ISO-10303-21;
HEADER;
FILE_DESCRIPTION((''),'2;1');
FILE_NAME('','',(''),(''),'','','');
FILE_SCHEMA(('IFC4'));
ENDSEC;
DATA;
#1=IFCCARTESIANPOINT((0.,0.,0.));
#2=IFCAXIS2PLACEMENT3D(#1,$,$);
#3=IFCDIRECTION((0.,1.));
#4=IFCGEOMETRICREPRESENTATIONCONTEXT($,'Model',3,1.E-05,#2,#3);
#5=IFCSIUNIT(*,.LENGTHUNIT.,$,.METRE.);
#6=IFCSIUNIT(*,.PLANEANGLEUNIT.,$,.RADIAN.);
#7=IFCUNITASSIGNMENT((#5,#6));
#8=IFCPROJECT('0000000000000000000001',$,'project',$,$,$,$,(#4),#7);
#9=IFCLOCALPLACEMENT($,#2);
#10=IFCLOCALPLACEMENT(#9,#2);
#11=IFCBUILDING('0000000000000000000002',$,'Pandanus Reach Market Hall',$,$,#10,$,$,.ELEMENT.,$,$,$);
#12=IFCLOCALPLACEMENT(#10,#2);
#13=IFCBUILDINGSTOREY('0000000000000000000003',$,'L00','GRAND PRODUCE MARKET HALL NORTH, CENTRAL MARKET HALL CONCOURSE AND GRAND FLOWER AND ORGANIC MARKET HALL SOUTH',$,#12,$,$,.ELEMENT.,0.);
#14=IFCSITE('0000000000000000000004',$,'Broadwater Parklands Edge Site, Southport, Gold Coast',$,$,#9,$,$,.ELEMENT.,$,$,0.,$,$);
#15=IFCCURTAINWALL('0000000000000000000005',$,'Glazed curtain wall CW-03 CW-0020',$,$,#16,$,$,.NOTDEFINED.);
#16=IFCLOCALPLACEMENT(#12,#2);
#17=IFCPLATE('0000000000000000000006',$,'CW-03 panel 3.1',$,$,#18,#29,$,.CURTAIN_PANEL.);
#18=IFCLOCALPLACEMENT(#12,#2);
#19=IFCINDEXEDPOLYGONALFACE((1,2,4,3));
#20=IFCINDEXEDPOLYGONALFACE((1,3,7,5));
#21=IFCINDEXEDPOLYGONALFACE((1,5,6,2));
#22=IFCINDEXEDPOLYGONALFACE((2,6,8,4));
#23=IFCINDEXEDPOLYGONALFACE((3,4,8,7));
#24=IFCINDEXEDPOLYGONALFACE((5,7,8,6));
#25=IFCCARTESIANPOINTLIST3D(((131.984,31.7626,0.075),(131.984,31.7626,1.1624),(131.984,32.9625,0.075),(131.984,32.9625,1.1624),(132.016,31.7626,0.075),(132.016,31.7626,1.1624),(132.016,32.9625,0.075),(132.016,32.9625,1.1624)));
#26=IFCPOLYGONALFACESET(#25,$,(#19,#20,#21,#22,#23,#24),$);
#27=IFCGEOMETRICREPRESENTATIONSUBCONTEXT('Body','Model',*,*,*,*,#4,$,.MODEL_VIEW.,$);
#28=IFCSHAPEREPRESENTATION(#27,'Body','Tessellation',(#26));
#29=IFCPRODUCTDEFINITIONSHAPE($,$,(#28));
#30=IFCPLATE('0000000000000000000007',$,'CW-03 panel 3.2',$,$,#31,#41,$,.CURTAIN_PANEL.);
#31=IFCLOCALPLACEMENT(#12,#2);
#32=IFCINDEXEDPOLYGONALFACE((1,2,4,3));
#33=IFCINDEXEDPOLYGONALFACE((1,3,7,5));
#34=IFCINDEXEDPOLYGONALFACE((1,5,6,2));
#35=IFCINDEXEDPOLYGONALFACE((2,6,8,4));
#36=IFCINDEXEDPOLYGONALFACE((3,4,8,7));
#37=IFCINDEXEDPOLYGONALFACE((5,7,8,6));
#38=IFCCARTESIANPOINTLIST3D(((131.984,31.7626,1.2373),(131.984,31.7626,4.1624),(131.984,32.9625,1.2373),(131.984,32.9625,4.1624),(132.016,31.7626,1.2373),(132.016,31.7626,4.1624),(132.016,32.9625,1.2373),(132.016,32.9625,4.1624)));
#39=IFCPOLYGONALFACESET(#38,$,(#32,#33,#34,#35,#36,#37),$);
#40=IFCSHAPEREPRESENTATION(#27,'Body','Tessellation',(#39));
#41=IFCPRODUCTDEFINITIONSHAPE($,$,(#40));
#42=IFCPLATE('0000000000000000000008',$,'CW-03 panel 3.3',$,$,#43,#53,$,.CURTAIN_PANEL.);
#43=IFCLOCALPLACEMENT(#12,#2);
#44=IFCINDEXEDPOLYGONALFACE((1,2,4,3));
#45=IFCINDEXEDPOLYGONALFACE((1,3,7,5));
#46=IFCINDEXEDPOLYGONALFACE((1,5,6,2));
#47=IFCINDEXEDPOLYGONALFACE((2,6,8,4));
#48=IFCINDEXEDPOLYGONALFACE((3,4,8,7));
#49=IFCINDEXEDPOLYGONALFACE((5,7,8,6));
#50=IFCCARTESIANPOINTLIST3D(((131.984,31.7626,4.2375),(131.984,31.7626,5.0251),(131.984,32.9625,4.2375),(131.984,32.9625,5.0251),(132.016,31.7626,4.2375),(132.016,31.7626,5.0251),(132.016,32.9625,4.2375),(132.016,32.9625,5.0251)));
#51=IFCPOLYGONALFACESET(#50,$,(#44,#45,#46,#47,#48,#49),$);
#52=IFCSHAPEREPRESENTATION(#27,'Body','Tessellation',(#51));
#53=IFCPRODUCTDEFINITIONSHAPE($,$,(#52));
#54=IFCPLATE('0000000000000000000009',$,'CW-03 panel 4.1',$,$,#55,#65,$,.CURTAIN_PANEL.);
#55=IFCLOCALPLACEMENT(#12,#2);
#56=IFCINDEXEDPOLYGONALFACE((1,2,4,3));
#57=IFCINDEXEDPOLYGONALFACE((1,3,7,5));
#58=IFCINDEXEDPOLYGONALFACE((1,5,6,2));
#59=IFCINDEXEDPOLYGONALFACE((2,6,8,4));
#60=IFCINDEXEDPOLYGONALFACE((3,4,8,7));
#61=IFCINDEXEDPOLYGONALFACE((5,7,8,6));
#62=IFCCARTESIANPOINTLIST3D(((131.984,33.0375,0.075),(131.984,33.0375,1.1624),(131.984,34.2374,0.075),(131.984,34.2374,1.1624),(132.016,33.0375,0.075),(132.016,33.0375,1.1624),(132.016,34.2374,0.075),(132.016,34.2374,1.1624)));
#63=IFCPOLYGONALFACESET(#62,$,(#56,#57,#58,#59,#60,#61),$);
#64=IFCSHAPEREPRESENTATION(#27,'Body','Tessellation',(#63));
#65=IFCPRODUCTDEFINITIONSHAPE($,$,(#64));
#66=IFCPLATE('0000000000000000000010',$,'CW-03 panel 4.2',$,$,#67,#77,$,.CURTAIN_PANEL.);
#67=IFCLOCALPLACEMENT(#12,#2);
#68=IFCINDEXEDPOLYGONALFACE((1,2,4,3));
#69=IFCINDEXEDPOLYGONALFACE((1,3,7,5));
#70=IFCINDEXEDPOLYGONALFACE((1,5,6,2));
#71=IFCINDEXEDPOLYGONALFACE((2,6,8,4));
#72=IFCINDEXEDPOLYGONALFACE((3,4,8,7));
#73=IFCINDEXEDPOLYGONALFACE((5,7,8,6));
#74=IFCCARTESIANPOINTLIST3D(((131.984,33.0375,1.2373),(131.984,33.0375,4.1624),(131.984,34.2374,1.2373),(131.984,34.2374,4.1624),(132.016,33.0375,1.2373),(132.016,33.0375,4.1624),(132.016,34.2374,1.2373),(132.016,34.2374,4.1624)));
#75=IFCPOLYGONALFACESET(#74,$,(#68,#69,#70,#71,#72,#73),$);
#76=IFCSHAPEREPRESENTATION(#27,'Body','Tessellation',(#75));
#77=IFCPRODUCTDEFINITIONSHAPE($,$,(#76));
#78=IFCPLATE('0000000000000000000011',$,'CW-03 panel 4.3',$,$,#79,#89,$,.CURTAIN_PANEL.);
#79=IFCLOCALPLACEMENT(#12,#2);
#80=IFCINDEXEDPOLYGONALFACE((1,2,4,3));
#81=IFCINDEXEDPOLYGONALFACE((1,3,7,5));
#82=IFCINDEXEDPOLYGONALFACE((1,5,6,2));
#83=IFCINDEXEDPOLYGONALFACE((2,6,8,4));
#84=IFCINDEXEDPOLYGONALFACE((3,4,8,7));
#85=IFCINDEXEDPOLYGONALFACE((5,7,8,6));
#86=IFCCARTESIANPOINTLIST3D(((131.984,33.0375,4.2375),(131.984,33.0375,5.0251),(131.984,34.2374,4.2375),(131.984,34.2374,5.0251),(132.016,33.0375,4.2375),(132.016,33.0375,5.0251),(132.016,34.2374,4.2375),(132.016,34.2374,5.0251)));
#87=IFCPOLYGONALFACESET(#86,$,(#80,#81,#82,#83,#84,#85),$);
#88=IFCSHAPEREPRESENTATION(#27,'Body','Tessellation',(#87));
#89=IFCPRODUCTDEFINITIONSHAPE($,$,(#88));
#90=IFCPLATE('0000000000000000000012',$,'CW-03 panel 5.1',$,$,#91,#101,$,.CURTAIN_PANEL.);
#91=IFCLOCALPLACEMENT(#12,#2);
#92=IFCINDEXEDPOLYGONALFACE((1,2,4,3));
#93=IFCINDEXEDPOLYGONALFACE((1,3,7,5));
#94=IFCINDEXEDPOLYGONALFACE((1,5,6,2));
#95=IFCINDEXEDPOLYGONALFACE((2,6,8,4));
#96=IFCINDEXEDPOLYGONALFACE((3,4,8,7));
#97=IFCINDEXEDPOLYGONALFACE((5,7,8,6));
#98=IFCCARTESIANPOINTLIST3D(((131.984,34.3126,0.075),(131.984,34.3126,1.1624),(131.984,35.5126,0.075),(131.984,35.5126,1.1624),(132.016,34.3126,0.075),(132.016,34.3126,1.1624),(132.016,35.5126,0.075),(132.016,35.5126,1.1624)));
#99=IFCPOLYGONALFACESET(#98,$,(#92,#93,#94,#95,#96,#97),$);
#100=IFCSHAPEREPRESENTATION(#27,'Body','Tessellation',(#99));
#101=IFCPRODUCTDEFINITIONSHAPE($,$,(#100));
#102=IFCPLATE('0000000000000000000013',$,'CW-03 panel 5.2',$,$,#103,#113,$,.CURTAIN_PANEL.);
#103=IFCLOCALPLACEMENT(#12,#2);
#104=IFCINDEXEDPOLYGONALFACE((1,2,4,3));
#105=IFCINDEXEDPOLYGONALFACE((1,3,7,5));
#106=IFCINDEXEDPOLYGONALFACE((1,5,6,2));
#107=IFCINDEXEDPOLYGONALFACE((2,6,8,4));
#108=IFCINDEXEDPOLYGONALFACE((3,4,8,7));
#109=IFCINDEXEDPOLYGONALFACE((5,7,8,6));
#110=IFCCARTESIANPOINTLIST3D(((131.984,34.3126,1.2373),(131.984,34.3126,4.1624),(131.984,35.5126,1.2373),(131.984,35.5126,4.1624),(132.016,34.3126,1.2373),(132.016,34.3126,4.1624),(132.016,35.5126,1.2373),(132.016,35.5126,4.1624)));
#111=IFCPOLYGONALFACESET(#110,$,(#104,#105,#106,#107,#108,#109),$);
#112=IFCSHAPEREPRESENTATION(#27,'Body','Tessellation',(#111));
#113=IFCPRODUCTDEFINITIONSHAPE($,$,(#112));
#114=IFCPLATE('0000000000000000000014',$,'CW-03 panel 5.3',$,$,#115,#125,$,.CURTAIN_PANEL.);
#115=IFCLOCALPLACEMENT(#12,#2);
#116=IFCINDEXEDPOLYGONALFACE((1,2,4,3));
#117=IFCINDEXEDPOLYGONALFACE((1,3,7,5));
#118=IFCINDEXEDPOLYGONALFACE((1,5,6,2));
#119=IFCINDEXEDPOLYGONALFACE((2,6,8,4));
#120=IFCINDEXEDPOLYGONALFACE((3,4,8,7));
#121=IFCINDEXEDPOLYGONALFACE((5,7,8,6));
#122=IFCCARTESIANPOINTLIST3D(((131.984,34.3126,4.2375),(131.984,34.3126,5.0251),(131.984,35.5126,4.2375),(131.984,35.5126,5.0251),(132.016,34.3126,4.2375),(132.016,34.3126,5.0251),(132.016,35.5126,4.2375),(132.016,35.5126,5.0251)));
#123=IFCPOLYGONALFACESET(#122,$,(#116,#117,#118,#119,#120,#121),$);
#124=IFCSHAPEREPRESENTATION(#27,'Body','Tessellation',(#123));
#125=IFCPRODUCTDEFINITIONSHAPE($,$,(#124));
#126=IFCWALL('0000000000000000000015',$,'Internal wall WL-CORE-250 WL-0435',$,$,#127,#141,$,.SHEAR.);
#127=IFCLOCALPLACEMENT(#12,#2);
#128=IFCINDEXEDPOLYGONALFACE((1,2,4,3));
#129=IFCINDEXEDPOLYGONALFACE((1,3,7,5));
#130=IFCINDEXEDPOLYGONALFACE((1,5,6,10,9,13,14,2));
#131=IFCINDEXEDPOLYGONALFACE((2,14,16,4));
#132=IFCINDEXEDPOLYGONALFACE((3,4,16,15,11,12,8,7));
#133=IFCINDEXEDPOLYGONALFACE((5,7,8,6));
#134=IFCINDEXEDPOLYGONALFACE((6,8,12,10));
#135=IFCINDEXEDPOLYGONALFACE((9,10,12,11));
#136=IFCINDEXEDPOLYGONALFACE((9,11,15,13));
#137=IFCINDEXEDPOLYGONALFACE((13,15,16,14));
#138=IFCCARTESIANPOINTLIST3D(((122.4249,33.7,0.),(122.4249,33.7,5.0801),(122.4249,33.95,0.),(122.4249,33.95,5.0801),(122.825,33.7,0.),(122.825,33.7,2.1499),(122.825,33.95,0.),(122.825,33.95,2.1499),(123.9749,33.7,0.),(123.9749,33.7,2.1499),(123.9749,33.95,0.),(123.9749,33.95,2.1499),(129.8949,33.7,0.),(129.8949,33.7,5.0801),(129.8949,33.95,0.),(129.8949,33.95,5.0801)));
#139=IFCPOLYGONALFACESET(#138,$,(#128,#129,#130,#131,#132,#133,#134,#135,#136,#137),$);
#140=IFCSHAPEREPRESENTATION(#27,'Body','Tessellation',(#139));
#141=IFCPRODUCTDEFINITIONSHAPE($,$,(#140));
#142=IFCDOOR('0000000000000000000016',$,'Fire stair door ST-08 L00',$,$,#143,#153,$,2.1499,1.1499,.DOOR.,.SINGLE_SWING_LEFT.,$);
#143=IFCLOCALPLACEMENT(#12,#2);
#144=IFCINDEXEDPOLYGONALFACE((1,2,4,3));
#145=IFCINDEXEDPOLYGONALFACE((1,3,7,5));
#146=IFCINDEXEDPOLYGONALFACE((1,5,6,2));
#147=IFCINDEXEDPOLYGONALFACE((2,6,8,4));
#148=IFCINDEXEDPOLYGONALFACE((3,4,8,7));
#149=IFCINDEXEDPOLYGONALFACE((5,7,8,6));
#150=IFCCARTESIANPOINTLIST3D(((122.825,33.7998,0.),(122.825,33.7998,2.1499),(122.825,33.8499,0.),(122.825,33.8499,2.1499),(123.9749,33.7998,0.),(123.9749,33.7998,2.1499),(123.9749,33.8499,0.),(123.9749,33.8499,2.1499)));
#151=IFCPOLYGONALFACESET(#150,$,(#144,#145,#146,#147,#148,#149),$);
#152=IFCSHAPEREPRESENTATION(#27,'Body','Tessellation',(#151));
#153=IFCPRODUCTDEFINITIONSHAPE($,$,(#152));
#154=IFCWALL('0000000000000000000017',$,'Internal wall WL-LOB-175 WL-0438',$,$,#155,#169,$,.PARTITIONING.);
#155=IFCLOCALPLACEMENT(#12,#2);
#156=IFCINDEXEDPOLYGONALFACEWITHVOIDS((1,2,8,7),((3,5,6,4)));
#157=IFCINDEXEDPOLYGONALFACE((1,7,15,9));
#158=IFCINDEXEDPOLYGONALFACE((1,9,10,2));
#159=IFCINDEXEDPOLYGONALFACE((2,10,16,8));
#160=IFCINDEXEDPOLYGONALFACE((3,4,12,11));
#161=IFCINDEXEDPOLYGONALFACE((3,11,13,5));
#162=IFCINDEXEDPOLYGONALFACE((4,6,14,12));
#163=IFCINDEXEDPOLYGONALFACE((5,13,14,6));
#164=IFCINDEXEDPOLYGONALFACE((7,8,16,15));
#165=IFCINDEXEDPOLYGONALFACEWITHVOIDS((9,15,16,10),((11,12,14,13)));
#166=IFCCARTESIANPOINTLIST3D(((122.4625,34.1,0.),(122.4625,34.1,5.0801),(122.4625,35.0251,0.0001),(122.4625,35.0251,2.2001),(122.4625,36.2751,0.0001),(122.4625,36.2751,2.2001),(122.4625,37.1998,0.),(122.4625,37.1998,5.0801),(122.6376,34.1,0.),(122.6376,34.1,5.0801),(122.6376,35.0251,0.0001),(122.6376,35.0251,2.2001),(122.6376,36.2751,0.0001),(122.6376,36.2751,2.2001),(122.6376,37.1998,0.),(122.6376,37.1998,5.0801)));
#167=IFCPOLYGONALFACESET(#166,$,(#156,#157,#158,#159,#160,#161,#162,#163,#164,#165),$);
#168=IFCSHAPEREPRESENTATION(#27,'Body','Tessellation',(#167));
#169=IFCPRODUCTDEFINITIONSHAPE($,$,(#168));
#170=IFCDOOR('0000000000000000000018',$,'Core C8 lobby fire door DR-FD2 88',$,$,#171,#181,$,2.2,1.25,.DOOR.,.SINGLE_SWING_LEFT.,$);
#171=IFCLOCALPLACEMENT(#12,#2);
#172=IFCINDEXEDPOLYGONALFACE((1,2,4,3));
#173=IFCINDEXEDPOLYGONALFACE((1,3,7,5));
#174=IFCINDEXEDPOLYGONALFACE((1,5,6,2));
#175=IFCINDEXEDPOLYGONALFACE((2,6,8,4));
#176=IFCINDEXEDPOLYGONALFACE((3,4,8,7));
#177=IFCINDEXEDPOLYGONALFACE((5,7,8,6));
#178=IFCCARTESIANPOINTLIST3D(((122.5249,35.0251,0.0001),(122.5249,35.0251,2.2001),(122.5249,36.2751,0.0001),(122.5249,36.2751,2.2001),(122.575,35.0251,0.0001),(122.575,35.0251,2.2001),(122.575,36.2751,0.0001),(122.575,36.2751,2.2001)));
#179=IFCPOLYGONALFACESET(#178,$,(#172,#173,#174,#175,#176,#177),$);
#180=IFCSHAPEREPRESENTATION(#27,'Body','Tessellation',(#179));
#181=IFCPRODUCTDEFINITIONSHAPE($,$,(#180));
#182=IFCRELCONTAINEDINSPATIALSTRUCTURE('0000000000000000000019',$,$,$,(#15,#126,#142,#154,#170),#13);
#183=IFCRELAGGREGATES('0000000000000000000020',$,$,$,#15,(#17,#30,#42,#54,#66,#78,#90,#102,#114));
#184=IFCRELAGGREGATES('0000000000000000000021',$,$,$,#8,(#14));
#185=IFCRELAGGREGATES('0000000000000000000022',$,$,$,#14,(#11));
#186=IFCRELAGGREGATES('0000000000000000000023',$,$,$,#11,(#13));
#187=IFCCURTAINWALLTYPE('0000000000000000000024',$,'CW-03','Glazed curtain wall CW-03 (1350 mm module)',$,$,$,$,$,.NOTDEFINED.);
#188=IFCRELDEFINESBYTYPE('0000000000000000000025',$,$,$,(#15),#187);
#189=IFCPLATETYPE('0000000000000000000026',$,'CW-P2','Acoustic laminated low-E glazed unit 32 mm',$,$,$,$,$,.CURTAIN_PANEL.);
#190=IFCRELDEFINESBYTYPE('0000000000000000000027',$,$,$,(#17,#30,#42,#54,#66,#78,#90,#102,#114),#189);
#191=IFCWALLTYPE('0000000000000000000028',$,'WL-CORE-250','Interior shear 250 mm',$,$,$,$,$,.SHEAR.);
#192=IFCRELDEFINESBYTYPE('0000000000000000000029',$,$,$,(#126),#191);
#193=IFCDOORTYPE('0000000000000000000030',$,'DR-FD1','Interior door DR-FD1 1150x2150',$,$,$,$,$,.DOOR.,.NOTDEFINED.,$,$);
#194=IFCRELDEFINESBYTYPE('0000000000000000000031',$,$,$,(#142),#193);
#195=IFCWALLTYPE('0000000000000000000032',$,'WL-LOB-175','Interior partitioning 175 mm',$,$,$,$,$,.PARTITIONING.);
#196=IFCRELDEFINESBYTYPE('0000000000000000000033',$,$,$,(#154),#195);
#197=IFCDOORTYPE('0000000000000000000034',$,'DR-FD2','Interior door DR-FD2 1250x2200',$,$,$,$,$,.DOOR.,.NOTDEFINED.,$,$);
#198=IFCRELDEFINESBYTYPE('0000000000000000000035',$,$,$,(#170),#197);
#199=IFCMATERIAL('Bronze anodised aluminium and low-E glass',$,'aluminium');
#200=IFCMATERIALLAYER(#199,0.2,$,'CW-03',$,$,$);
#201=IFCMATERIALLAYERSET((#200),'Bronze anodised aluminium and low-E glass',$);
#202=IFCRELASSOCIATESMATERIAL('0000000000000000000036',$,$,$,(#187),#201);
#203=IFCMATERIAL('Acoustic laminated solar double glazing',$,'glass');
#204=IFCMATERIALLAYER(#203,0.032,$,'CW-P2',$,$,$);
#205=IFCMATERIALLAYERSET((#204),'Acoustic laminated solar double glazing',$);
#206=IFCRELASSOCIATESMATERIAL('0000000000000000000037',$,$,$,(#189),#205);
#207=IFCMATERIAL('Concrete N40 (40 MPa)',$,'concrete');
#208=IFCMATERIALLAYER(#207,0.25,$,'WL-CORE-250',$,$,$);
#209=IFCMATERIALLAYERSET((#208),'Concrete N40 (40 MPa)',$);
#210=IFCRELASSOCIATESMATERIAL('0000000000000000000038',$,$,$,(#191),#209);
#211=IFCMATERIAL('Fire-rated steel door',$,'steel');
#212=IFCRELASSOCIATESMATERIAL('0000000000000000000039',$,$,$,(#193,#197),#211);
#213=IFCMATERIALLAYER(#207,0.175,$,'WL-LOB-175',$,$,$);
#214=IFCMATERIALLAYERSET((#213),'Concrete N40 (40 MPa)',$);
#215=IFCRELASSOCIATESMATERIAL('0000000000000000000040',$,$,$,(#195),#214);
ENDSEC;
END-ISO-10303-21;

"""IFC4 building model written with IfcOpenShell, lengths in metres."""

from ifc_helpers import new_model, si_unit, direction, frame, frame_2d, origin, origin_2d, place, context, subcontext, project, spatial, rectangle, extrude, material, layer, layer_set, type_object, element, fill, aggregate, save


model = new_model("IFC4")

# Units and contexts
model_context = context("Model", 3, precision=1e-05, world=origin(), true_north=direction((0.0, 1.0)))
body_context = subcontext(model_context, "Body", "Model", "MODEL_VIEW")
ifc_project = project(units=[si_unit("LENGTHUNIT", "METRE"), si_unit("PLANEANGLEUNIT", "RADIAN")], contexts=[model_context])

# Site, building, storey
site_placement = place(None, origin())
site = spatial("IfcSite", under=ifc_project, at=site_placement, Name="Broadwater Parklands Edge Site, Southport, Gold Coast", CompositionType="ELEMENT", RefElevation=0.0)
building_placement = place(site_placement, origin())
building = spatial("IfcBuilding", under=site, at=building_placement, Name="Pandanus Reach Market Hall", CompositionType="ELEMENT")
storey_placement = place(building_placement, origin())
storey = spatial("IfcBuildingStorey", under=building, at=storey_placement, Name="L00", Description="GRAND PRODUCE MARKET HALL NORTH, CENTRAL MARKET HALL CONCOURSE AND GRAND FLOWER AND ORGANIC MARKET HALL SOUTH", CompositionType="ELEMENT", Elevation=0.0)

# Shared definitions
ifc_material_1 = material(Name="Concrete N40 (40 MPa)", Category="concrete")

# Curtain wall, plates
ifc_material_2 = material(Name="Bronze anodised aluminium and low-E glass", Category="aluminium")
ifc_layer_1 = layer(ifc_material_2, 0.2, Name="CW-03")
ifc_layer_set_1 = layer_set([ifc_layer_1], Name="Bronze anodised aluminium and low-E glass")
curtain_wall_type = type_object("IfcCurtainWallType", Name="CW-03", Description="Glazed curtain wall CW-03 (1350 mm module)", PredefinedType="NOTDEFINED", material=ifc_layer_set_1)
curtain_wall_placement = place(storey_placement, origin())
curtain_wall = element("IfcCurtainWall", 1, at=curtain_wall_placement, inside=storey, type_object=curtain_wall_type, Name="Glazed curtain wall CW-03 CW-0020", PredefinedType="NOTDEFINED")
ifc_material_3 = material(Name="Acoustic laminated solar double glazing", Category="glass")
ifc_layer_2 = layer(ifc_material_3, 0.032, Name="CW-P2")
ifc_layer_set_2 = layer_set([ifc_layer_2], Name="Acoustic laminated solar double glazing")
plate_type = type_object("IfcPlateType", Name="CW-P2", Description="Acoustic laminated low-E glazed unit 32 mm", PredefinedType="CURTAIN_PANEL", material=ifc_layer_set_2)
plate_1_placement = place(storey_placement, frame((132.0, 32.3625, 0.075), z_axis=(0.0, 0.0, 1.0), x_axis=(0.0, 1.0, 0.0)))
plate_1 = element("IfcPlate", 2, at=plate_1_placement, type_object=plate_type, Name="CW-03 panel 3.1", PredefinedType="CURTAIN_PANEL", context=body_context, shape_type="SweptSolid", body=[
    extrude(rectangle(XDim=1.2, YDim=0.032, at=origin_2d()), origin(), (0.0, 0.0, 1.0), 1.0874),
])
plate_2_placement = place(storey_placement, frame((132.0, 32.3625, 1.2373), z_axis=(0.0, 0.0, 1.0), x_axis=(0.0, 1.0, 0.0)))
plate_2 = element("IfcPlate", 3, at=plate_2_placement, type_object=plate_type, Name="CW-03 panel 3.2", PredefinedType="CURTAIN_PANEL", context=body_context, shape_type="SweptSolid", body=[
    extrude(rectangle(XDim=1.2, YDim=0.032, at=origin_2d()), origin(), (0.0, 0.0, 1.0), 2.925),
])
plate_3_placement = place(storey_placement, frame((132.0, 32.3625, 4.2375), z_axis=(0.0, 0.0, 1.0), x_axis=(0.0, 1.0, 0.0)))
plate_3 = element("IfcPlate", 4, at=plate_3_placement, type_object=plate_type, Name="CW-03 panel 3.3", PredefinedType="CURTAIN_PANEL", context=body_context, shape_type="SweptSolid", body=[
    extrude(rectangle(XDim=1.2, YDim=0.032, at=origin_2d()), origin(), (0.0, 0.0, 1.0), 0.7876),
])
plate_4_placement = place(storey_placement, frame((132.0, 33.6375, 0.075), z_axis=(0.0, 0.0, 1.0), x_axis=(0.0, 1.0, 0.0)))
plate_4 = element("IfcPlate", 5, at=plate_4_placement, type_object=plate_type, Name="CW-03 panel 4.1", PredefinedType="CURTAIN_PANEL", context=body_context, shape_type="SweptSolid", body=[
    extrude(rectangle(XDim=1.2, YDim=0.032, at=origin_2d()), origin(), (0.0, 0.0, 1.0), 1.0874),
])
plate_5_placement = place(storey_placement, frame((132.0, 33.6375, 1.2373), z_axis=(0.0, 0.0, 1.0), x_axis=(0.0, 1.0, 0.0)))
plate_5 = element("IfcPlate", 6, at=plate_5_placement, type_object=plate_type, Name="CW-03 panel 4.2", PredefinedType="CURTAIN_PANEL", context=body_context, shape_type="SweptSolid", body=[
    extrude(rectangle(XDim=1.2, YDim=0.032, at=origin_2d()), origin(), (0.0, 0.0, 1.0), 2.925),
])
plate_6_placement = place(storey_placement, frame((132.0, 33.6375, 4.2375), z_axis=(0.0, 0.0, 1.0), x_axis=(0.0, 1.0, 0.0)))
plate_6 = element("IfcPlate", 7, at=plate_6_placement, type_object=plate_type, Name="CW-03 panel 4.3", PredefinedType="CURTAIN_PANEL", context=body_context, shape_type="SweptSolid", body=[
    extrude(rectangle(XDim=1.2, YDim=0.032, at=origin_2d()), origin(), (0.0, 0.0, 1.0), 0.7876),
])
plate_7_placement = place(storey_placement, frame((132.0, 34.9126, 0.075), z_axis=(0.0, 0.0, 1.0), x_axis=(0.0, 1.0, 0.0)))
plate_7 = element("IfcPlate", 8, at=plate_7_placement, type_object=plate_type, Name="CW-03 panel 5.1", PredefinedType="CURTAIN_PANEL", context=body_context, shape_type="SweptSolid", body=[
    extrude(rectangle(XDim=1.2, YDim=0.032, at=origin_2d()), origin(), (0.0, 0.0, 1.0), 1.0874),
])
plate_8_placement = place(storey_placement, frame((132.0, 34.9126, 1.2373), z_axis=(0.0, 0.0, 1.0), x_axis=(0.0, 1.0, 0.0)))
plate_8 = element("IfcPlate", 9, at=plate_8_placement, type_object=plate_type, Name="CW-03 panel 5.2", PredefinedType="CURTAIN_PANEL", context=body_context, shape_type="SweptSolid", body=[
    extrude(rectangle(XDim=1.2, YDim=0.032, at=origin_2d()), origin(), (0.0, 0.0, 1.0), 2.925),
])
plate_9_placement = place(storey_placement, frame((132.0, 34.9126, 4.2375), z_axis=(0.0, 0.0, 1.0), x_axis=(0.0, 1.0, 0.0)))
plate_9 = element("IfcPlate", 10, at=plate_9_placement, type_object=plate_type, Name="CW-03 panel 5.3", PredefinedType="CURTAIN_PANEL", context=body_context, shape_type="SweptSolid", body=[
    extrude(rectangle(XDim=1.2, YDim=0.032, at=origin_2d()), origin(), (0.0, 0.0, 1.0), 0.7876),
])
aggregate(curtain_wall, [plate_1, plate_2, plate_3, plate_4, plate_5, plate_6, plate_7, plate_8, plate_9])

# Walls, openings, doors
ifc_layer_3 = layer(ifc_material_1, 0.25, Name="WL-CORE-250")
ifc_layer_set_3 = layer_set([ifc_layer_3], Name="Concrete N40 (40 MPa)")
wall_type_1 = type_object("IfcWallType", Name="WL-CORE-250", Description="Interior shear 250 mm", PredefinedType="SHEAR", material=ifc_layer_set_3)
wall_1_placement = place(storey_placement, frame((122.425, 33.825, 0.0), z_axis=(0.0, 0.0, 1.0), x_axis=(1.0, 0.0, 0.0)))
wall_1 = element("IfcWall", 11, at=wall_1_placement, inside=storey, type_object=wall_type_1, Name="Internal wall WL-CORE-250 WL-0435", PredefinedType="SHEAR", context=body_context, shape_type="SweptSolid", body=[
    extrude(rectangle(XDim=7.47, YDim=0.25, at=frame_2d((3.7349, 0.0))), origin(), (0.0, 0.0, 1.0), 5.0801),
])
opening_1_placement = place(wall_1_placement, frame((0.3999, 0.0, 0.0)))
opening_1 = element("IfcOpeningElement", 12, at=opening_1_placement, cuts=wall_1, PredefinedType="OPENING", context=body_context, shape_type="SweptSolid", body=[
    extrude(rectangle(XDim=1.1499, YDim=2.1499, at=frame_2d((0.575, 1.075))), frame((0.0, 0.1399, 0.0), z_axis=(0.0, -1.0, 0.0), x_axis=(1.0, 0.0, 0.0)), (0.0, 0.0, 1.0), 0.28),
])
ifc_material_4 = material(Name="Fire-rated steel door", Category="steel")
door_type_1 = type_object("IfcDoorType", Name="DR-FD1", Description="Interior door DR-FD1 1150x2150", OperationType="NOTDEFINED", PredefinedType="DOOR", material=ifc_material_4)
door_1_placement = place(opening_1_placement, origin())
door_1 = element("IfcDoor", 13, at=door_1_placement, inside=storey, type_object=door_type_1, Name="Fire stair door ST-08 L00", OperationType="SINGLE_SWING_LEFT", OverallHeight=2.1499, OverallWidth=1.1499, PredefinedType="DOOR", context=body_context, shape_type="SweptSolid", body=[
    extrude(rectangle(XDim=1.1499, YDim=2.1499, at=frame_2d((0.575, 1.075))), frame((0.0, 0.0249, 0.0), z_axis=(0.0, -1.0, 0.0), x_axis=(1.0, 0.0, 0.0)), (0.0, 0.0, 1.0), 0.05),
])
fill(opening_1, door_1)
ifc_layer_4 = layer(ifc_material_1, 0.175, Name="WL-LOB-175")
ifc_layer_set_4 = layer_set([ifc_layer_4], Name="Concrete N40 (40 MPa)")
wall_type_2 = type_object("IfcWallType", Name="WL-LOB-175", Description="Interior partitioning 175 mm", PredefinedType="PARTITIONING", material=ifc_layer_set_4)
wall_2_placement = place(storey_placement, frame((122.55, 34.1001, 0.0), z_axis=(0.0, 0.0, 1.0), x_axis=(0.0, 1.0, 0.0)))
wall_2 = element("IfcWall", 14, at=wall_2_placement, inside=storey, type_object=wall_type_2, Name="Internal wall WL-LOB-175 WL-0438", PredefinedType="PARTITIONING", context=body_context, shape_type="SweptSolid", body=[
    extrude(rectangle(XDim=3.0999, YDim=0.175, at=frame_2d((1.5498, 0.0))), origin(), (0.0, 0.0, 1.0), 5.0801),
])
opening_2_placement = place(wall_2_placement, frame((0.925, 0.0, 0.0)))
opening_2 = element("IfcOpeningElement", 15, at=opening_2_placement, cuts=wall_2, PredefinedType="OPENING", context=body_context, shape_type="SweptSolid", body=[
    extrude(rectangle(XDim=1.25, YDim=2.2, at=frame_2d((0.625, 1.1001))), frame((0.0, 0.1025, 0.0), z_axis=(0.0, -1.0, 0.0), x_axis=(1.0, 0.0, 0.0)), (0.0, 0.0, 1.0), 0.2051),
])
door_type_2 = type_object("IfcDoorType", Name="DR-FD2", Description="Interior door DR-FD2 1250x2200", OperationType="NOTDEFINED", PredefinedType="DOOR", material=ifc_material_4)
door_2_placement = place(opening_2_placement, frame((1.25, 0.0, 0.0), z_axis=(0.0, 0.0, 1.0), x_axis=(-1.0, 0.0, 0.0)))
door_2 = element("IfcDoor", 16, at=door_2_placement, inside=storey, type_object=door_type_2, Name="Core C8 lobby fire door DR-FD2 88", OperationType="SINGLE_SWING_LEFT", OverallHeight=2.2, OverallWidth=1.25, PredefinedType="DOOR", context=body_context, shape_type="SweptSolid", body=[
    extrude(rectangle(XDim=1.25, YDim=2.2, at=frame_2d((0.625, 1.1001))), frame((0.0, 0.0249, 0.0), z_axis=(0.0, -1.0, 0.0), x_axis=(1.0, 0.0, 0.0)), (0.0, 0.0, 1.0), 0.05),
])
fill(opening_2, door_2)

save(model, "model.ifc")
